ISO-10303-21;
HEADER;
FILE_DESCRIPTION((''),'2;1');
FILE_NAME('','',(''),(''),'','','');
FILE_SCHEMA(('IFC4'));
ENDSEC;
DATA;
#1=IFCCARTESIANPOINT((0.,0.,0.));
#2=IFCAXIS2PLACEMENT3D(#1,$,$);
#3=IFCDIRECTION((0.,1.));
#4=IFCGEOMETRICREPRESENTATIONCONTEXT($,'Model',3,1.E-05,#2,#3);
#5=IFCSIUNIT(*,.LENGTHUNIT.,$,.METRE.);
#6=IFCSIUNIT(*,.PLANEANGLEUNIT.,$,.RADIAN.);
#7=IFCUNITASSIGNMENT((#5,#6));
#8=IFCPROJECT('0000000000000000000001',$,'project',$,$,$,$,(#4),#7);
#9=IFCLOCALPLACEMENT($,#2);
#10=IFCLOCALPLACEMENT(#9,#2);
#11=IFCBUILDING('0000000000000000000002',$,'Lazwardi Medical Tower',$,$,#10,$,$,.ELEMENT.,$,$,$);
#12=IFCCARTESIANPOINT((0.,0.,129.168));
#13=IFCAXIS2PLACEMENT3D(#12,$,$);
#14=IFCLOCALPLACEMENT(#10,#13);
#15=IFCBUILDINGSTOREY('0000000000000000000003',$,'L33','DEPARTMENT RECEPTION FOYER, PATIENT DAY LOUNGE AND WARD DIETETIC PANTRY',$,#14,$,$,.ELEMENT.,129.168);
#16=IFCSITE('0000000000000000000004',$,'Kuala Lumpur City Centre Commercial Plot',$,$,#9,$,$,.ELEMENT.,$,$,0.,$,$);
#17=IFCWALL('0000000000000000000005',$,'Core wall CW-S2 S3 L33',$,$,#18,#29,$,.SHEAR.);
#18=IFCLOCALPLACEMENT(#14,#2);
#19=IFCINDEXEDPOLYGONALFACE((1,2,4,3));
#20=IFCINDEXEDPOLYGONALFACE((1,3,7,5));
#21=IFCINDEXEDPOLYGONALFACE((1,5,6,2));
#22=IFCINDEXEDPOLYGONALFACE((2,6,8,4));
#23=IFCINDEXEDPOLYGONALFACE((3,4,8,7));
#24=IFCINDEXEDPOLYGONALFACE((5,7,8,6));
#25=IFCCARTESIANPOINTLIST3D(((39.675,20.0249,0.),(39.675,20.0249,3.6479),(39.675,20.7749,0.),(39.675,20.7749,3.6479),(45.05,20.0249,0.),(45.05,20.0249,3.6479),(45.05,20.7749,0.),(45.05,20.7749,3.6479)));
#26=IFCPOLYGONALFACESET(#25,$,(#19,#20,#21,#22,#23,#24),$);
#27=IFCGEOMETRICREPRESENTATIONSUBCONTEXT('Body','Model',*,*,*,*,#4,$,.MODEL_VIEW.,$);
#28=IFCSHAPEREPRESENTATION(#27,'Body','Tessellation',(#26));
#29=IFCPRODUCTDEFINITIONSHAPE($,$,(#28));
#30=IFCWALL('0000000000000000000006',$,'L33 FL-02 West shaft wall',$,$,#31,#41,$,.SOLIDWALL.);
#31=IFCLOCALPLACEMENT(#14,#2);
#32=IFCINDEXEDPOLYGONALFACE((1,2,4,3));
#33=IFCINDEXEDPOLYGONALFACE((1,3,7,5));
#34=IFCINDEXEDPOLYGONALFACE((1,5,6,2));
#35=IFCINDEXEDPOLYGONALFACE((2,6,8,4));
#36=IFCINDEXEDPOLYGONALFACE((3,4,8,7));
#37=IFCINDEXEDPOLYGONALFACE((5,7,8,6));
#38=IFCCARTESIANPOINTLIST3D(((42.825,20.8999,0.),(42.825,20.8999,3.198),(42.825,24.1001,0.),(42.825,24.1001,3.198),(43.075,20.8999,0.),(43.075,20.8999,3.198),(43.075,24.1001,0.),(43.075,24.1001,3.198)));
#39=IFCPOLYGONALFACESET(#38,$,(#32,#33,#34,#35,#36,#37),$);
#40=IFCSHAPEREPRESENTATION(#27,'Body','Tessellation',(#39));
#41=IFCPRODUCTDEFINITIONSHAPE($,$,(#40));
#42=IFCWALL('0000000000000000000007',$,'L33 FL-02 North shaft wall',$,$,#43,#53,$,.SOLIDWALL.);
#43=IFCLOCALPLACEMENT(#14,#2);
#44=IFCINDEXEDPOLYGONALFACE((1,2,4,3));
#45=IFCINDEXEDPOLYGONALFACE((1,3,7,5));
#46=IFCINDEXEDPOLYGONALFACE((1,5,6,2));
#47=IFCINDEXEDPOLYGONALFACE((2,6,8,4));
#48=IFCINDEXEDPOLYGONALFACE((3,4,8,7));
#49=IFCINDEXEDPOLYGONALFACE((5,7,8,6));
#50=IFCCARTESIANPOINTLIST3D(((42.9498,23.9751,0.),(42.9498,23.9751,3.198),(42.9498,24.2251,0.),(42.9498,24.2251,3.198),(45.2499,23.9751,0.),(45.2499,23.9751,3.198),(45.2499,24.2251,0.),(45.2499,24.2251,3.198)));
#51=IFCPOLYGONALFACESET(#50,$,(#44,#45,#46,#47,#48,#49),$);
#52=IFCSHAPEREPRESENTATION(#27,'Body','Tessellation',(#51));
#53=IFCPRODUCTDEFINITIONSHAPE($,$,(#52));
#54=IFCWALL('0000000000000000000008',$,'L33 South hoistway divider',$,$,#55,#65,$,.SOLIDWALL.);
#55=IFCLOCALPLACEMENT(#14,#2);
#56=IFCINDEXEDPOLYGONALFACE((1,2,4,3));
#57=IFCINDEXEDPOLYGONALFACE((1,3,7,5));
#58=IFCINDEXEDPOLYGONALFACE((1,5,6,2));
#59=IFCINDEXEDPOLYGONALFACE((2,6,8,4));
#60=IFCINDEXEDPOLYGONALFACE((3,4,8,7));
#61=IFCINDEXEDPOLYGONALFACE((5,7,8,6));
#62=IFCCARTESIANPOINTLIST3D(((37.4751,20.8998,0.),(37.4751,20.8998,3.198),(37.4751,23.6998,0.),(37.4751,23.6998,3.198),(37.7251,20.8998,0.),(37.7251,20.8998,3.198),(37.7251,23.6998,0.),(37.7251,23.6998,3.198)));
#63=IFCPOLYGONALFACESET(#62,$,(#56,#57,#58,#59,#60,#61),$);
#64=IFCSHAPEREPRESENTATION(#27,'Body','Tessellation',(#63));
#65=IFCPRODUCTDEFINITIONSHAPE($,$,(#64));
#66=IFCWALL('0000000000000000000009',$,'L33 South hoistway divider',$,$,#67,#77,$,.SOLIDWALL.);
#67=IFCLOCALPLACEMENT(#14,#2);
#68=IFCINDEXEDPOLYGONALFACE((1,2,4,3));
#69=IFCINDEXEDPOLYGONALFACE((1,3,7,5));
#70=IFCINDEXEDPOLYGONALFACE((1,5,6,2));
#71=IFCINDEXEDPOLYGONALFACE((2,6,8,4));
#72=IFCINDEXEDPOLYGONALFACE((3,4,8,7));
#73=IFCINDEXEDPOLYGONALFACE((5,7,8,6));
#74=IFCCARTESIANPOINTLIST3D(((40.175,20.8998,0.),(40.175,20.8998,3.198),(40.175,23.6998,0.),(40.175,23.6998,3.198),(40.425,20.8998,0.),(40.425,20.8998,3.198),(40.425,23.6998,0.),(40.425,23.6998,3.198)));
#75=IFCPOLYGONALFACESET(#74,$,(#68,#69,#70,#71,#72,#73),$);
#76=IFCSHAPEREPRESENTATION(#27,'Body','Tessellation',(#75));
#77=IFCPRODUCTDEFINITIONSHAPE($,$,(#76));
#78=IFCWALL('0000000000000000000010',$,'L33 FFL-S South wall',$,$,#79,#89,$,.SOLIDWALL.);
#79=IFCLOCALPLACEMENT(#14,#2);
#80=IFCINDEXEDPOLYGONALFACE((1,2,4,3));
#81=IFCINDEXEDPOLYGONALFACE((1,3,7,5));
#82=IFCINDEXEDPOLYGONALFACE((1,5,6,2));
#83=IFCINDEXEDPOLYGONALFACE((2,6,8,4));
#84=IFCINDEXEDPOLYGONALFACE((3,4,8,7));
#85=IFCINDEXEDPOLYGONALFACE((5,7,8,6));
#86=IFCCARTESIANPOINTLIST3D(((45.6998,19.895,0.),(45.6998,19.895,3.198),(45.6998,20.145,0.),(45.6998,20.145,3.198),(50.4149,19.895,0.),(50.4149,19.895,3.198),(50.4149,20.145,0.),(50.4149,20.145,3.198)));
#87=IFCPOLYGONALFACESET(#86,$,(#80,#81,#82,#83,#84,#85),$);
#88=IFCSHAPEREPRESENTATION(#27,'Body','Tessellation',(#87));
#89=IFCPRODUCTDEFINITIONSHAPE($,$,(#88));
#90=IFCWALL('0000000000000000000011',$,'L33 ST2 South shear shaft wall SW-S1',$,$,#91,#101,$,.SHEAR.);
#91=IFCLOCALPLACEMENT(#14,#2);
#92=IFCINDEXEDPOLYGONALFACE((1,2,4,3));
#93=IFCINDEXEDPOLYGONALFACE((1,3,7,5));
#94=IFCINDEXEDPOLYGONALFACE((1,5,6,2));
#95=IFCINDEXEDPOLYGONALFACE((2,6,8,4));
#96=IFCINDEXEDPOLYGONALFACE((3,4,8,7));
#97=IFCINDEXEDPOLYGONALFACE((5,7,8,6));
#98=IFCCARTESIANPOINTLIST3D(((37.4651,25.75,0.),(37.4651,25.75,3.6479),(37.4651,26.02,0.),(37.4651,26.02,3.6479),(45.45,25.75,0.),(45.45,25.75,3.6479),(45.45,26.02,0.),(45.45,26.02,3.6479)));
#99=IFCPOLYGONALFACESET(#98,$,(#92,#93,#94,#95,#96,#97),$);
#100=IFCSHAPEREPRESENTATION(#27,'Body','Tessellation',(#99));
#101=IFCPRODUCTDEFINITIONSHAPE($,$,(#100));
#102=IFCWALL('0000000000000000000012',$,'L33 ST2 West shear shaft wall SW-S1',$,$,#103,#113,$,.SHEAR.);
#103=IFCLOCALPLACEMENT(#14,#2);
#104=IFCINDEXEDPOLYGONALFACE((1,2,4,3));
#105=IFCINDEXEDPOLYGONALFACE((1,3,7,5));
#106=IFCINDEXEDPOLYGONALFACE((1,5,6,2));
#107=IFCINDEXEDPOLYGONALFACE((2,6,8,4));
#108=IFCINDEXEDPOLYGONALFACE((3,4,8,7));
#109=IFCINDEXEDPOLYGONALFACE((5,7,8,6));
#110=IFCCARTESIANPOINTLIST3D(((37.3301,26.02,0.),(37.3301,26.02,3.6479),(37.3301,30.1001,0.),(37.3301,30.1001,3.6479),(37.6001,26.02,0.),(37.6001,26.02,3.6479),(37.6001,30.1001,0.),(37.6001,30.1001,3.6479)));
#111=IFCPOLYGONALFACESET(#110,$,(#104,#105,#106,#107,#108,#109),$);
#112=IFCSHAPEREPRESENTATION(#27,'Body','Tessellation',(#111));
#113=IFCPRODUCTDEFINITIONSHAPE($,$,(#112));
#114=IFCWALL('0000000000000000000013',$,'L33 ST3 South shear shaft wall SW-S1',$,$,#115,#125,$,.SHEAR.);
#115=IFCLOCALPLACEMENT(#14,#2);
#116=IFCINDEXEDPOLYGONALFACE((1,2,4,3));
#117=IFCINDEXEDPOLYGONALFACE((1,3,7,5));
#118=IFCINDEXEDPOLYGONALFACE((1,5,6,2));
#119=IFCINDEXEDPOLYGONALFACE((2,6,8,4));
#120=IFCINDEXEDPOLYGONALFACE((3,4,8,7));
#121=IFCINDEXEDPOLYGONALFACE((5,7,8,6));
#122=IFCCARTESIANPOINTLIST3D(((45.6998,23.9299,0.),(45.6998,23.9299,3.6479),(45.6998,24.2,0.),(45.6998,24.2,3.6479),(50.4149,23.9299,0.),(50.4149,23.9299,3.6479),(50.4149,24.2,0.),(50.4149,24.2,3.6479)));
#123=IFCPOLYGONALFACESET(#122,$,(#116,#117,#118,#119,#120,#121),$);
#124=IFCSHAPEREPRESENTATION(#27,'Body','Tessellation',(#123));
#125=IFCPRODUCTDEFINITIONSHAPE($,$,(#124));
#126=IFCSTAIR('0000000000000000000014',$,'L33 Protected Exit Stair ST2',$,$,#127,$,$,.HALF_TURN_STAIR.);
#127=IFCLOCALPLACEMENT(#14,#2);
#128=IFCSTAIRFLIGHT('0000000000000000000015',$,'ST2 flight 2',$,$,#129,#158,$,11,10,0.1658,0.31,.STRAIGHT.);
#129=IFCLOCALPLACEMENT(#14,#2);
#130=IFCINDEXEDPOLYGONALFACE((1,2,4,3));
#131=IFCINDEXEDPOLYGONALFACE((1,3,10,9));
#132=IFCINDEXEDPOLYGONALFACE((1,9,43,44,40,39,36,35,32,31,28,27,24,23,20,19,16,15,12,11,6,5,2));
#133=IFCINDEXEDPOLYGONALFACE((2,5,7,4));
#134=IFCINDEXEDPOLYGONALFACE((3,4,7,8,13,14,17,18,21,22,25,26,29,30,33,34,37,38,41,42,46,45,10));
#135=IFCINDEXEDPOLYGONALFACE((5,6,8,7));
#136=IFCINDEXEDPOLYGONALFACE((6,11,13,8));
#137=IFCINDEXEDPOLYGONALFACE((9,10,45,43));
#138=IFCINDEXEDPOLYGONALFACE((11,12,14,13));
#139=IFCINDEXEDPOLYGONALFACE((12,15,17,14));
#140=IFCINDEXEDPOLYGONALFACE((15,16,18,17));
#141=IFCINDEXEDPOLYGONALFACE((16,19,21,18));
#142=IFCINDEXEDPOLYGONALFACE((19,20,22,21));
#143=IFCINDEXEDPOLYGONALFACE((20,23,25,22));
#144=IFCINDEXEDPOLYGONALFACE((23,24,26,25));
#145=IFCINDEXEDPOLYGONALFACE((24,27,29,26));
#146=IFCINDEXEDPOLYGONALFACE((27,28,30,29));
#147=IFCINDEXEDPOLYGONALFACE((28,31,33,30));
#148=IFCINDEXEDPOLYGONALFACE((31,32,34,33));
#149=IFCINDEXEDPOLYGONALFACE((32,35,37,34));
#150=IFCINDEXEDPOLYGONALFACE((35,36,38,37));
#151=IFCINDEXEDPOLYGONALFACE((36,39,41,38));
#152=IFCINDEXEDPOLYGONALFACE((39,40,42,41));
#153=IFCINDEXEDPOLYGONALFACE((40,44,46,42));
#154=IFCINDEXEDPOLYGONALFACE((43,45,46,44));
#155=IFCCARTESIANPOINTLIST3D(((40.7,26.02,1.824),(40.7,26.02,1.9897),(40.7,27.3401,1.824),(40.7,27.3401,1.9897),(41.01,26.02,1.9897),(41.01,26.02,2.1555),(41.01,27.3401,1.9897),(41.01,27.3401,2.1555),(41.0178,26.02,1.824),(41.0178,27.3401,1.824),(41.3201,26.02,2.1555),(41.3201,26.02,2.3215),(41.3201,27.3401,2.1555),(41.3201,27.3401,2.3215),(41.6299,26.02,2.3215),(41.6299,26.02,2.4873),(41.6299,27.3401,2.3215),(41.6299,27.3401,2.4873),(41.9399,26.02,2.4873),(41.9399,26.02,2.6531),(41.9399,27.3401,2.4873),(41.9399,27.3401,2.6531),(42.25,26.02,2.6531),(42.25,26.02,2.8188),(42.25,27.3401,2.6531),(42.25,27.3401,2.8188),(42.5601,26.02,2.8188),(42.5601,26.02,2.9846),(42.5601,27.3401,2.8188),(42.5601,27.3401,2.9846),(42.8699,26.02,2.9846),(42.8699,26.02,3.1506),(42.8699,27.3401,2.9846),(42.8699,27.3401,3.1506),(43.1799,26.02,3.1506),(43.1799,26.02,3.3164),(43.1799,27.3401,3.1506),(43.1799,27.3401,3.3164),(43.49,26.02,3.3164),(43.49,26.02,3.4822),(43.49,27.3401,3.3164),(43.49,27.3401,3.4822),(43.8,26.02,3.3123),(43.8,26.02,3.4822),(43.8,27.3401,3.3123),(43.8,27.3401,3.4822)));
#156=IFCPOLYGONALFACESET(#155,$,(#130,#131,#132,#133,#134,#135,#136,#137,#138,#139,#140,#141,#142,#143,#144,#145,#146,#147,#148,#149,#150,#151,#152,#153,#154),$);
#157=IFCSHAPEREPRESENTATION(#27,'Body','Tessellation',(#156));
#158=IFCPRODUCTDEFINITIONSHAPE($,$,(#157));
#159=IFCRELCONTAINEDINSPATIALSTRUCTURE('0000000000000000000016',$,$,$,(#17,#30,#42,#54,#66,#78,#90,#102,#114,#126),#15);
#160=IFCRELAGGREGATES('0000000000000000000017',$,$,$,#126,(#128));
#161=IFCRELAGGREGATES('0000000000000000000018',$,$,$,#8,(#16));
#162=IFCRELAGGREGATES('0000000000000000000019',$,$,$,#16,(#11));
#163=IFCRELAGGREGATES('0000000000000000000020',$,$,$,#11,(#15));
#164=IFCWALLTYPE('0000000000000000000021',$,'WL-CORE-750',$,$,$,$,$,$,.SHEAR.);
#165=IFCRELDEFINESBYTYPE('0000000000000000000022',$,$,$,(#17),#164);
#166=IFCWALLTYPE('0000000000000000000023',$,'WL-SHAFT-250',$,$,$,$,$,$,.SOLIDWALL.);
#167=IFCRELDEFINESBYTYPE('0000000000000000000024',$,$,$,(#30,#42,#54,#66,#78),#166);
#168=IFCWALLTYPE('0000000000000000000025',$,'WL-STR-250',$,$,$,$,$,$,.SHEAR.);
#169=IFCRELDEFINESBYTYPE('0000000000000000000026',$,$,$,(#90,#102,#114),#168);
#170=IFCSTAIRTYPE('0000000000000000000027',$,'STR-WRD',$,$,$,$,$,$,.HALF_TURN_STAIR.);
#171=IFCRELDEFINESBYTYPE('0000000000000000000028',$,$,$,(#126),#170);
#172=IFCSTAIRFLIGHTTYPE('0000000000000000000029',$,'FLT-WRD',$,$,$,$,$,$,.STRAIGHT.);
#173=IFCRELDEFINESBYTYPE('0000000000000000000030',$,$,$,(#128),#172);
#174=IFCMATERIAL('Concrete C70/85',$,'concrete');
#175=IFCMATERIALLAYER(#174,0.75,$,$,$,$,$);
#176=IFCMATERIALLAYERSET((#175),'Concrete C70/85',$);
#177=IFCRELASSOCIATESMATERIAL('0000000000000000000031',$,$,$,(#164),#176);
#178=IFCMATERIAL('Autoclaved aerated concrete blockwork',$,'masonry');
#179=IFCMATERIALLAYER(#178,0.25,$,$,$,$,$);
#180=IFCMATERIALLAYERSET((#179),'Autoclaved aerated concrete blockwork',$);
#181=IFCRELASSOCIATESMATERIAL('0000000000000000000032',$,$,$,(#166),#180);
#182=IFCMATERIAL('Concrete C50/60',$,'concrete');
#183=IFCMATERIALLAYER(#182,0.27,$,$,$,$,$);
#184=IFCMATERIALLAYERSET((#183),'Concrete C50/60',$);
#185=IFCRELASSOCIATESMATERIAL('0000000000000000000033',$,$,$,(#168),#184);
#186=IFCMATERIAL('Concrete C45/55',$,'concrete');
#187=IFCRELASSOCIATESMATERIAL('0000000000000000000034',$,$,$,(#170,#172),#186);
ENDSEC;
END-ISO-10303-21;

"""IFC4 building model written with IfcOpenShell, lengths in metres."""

from ifc_helpers import new_model, si_unit, direction, frame, frame_2d, origin, place, context, subcontext, project, spatial, polyline, rectangle, outline, extrude, material, layer, layer_set, type_object, element, aggregate, save


model = new_model("IFC4")

# Units and contexts
model_context = context("Model", 3, precision=1e-05, world=origin(), true_north=direction((0.0, 1.0)))
body_context = subcontext(model_context, "Body", "Model", "MODEL_VIEW")
ifc_project = project(units=[si_unit("LENGTHUNIT", "METRE"), si_unit("PLANEANGLEUNIT", "RADIAN")], contexts=[model_context])

# Site, building, storey
site_placement = place(None, origin())
site = spatial("IfcSite", under=ifc_project, at=site_placement, Name="Kuala Lumpur City Centre Commercial Plot", CompositionType="ELEMENT", RefElevation=0.0)
building_placement = place(site_placement, origin())
building = spatial("IfcBuilding", under=site, at=building_placement, Name="Lazwardi Medical Tower", CompositionType="ELEMENT")
storey_placement = place(building_placement, frame((0.0, 0.0, 129.168)))
storey = spatial("IfcBuildingStorey", under=building, at=storey_placement, Name="L33", Description="DEPARTMENT RECEPTION FOYER, PATIENT DAY LOUNGE AND WARD DIETETIC PANTRY", CompositionType="ELEMENT", Elevation=129.168)

# Shared definitions
ifc_material_1 = material(Name="Concrete C70/85", Category="concrete")

# Shared definitions
ifc_layer_1 = layer(ifc_material_1, 0.75)
ifc_layer_set_1 = layer_set([ifc_layer_1], Name="Concrete C70/85")
wall_type_1 = type_object("IfcWallType", Name="WL-CORE-750", PredefinedType="SHEAR", material=ifc_layer_set_1)

# Walls
wall_1_placement = place(storey_placement, frame((39.675, 20.3999, 0.0), z_axis=(0.0, 0.0, 1.0), x_axis=(1.0, 0.0, 0.0)))
element("IfcWall", 1, at=wall_1_placement, inside=storey, type_object=wall_type_1, Name="Core wall CW-S2 S3 L33", PredefinedType="SHEAR", context=body_context, shape_type="SweptSolid", body=[
    extrude(rectangle(XDim=5.375, YDim=0.75, at=frame_2d((2.6875, 0.0))), origin(), (0.0, 0.0, 1.0), 3.6479),
])
ifc_material_2 = material(Name="Autoclaved aerated concrete blockwork", Category="masonry")
ifc_layer_2 = layer(ifc_material_2, 0.25)
ifc_layer_set_2 = layer_set([ifc_layer_2], Name="Autoclaved aerated concrete blockwork")
wall_type_2 = type_object("IfcWallType", Name="WL-SHAFT-250", PredefinedType="SOLIDWALL", material=ifc_layer_set_2)
wall_2_placement = place(storey_placement, frame((42.95, 20.8999, 0.0), z_axis=(0.0, 0.0, 1.0), x_axis=(0.0, 1.0, 0.0)))
element("IfcWall", 2, at=wall_2_placement, inside=storey, type_object=wall_type_2, Name="L33 FL-02 West shaft wall", PredefinedType="SOLIDWALL", context=body_context, shape_type="SweptSolid", body=[
    extrude(rectangle(XDim=3.2002, YDim=0.25, at=frame_2d((1.6001, 0.0))), origin(), (0.0, 0.0, 1.0), 3.198),
])
wall_3_placement = place(storey_placement, frame((42.95, 24.1001, 0.0), z_axis=(0.0, 0.0, 1.0), x_axis=(1.0, 0.0, 0.0)))
element("IfcWall", 3, at=wall_3_placement, inside=storey, type_object=wall_type_2, Name="L33 FL-02 North shaft wall", PredefinedType="SOLIDWALL", context=body_context, shape_type="SweptSolid", body=[
    extrude(rectangle(XDim=2.3, YDim=0.25, at=frame_2d((1.1499, 0.0))), origin(), (0.0, 0.0, 1.0), 3.198),
])
for number, where, z_axis, x_axis, name in (
    (4, (37.6001, 20.8999, 0.0), (0.0, 0.0, 1.0), (0.0, 1.0, 0.0), "L33 South hoistway divider"),
    (5, (40.3, 20.8999, 0.0), (0.0, 0.0, 1.0), (0.0, 1.0, 0.0), "L33 South hoistway divider"),
):
    element("IfcWall", number, at=place(storey_placement, frame(where, z_axis=z_axis, x_axis=x_axis)), inside=storey, type_object=wall_type_2, Name=name, PredefinedType="SOLIDWALL", context=body_context, shape_type="SweptSolid", body=[
        extrude(rectangle(XDim=2.8, YDim=0.25, at=frame_2d((1.3999, 0.0))), origin(), (0.0, 0.0, 1.0), 3.198),
    ])
wall_4_placement = place(storey_placement, frame((45.7, 20.02, 0.0), z_axis=(0.0, 0.0, 1.0), x_axis=(1.0, 0.0, 0.0)))
element("IfcWall", 6, at=wall_4_placement, inside=storey, type_object=wall_type_2, Name="L33 FFL-S South wall", PredefinedType="SOLIDWALL", context=body_context, shape_type="SweptSolid", body=[
    extrude(rectangle(XDim=4.7151, YDim=0.25, at=frame_2d((2.3574, 0.0))), origin(), (0.0, 0.0, 1.0), 3.198),
])
ifc_material_3 = material(Name="Concrete C50/60", Category="concrete")
ifc_layer_3 = layer(ifc_material_3, 0.27)
ifc_layer_set_3 = layer_set([ifc_layer_3], Name="Concrete C50/60")
wall_type_3 = type_object("IfcWallType", Name="WL-STR-250", PredefinedType="SHEAR", material=ifc_layer_set_3)
wall_5_placement = place(storey_placement, frame((37.4651, 25.885, 0.0), z_axis=(0.0, 0.0, 1.0), x_axis=(1.0, 0.0, 0.0)))
element("IfcWall", 7, at=wall_5_placement, inside=storey, type_object=wall_type_3, Name="L33 ST2 South shear shaft wall SW-S1", PredefinedType="SHEAR", context=body_context, shape_type="SweptSolid", body=[
    extrude(rectangle(XDim=7.9849, YDim=0.27, at=frame_2d((3.9924, 0.0))), origin(), (0.0, 0.0, 1.0), 3.6479),
])
wall_6_placement = place(storey_placement, frame((37.4651, 26.02, 0.0), z_axis=(0.0, 0.0, 1.0), x_axis=(0.0, 1.0, 0.0)))
element("IfcWall", 8, at=wall_6_placement, inside=storey, type_object=wall_type_3, Name="L33 ST2 West shear shaft wall SW-S1", PredefinedType="SHEAR", context=body_context, shape_type="SweptSolid", body=[
    extrude(rectangle(XDim=4.0801, YDim=0.27, at=frame_2d((2.04, 0.0))), origin(), (0.0, 0.0, 1.0), 3.6479),
])
wall_7_placement = place(storey_placement, frame((45.7, 24.0649, 0.0), z_axis=(0.0, 0.0, 1.0), x_axis=(1.0, 0.0, 0.0)))
element("IfcWall", 9, at=wall_7_placement, inside=storey, type_object=wall_type_3, Name="L33 ST3 South shear shaft wall SW-S1", PredefinedType="SHEAR", context=body_context, shape_type="SweptSolid", body=[
    extrude(rectangle(XDim=4.7151, YDim=0.27, at=frame_2d((2.3574, 0.0))), origin(), (0.0, 0.0, 1.0), 3.6479),
])

# Stair, stair flight
ifc_material_4 = material(Name="Concrete C45/55", Category="concrete")
stair_type = type_object("IfcStairType", Name="STR-WRD", PredefinedType="HALF_TURN_STAIR", material=ifc_material_4)
stair_placement = place(storey_placement, origin())
stair = element("IfcStair", 10, at=stair_placement, inside=storey, type_object=stair_type, Name="L33 Protected Exit Stair ST2", PredefinedType="HALF_TURN_STAIR")
stair_flight_type = type_object("IfcStairFlightType", Name="FLT-WRD", PredefinedType="STRAIGHT", material=ifc_material_4)
stair_flight_placement = place(storey_placement, frame((40.7, 26.6799, 1.824), z_axis=(0.0, 0.0, 1.0), x_axis=(1.0, 0.0, 0.0)))
stair_flight = element("IfcStairFlight", 11, at=stair_flight_placement, type_object=stair_flight_type, Name="ST2 flight 2", NumberOfRisers=11, NumberOfTreads=10, PredefinedType="STRAIGHT", RiserHeight=0.1658, TreadLength=0.31, context=body_context, shape_type="SweptSolid", body=[
    extrude(outline(polyline([(0.0, 0.0), (0.0, 0.1658), (0.3101, 0.1658), (0.3101, 0.3315), (0.6201, 0.3315), (0.6201, 0.4976), (0.9299, 0.4976), (0.9299, 0.6633), (1.24, 0.6633), (1.24, 0.8291), (1.55, 0.8291), (1.55, 0.9949), (1.8601, 0.9949), (1.8601, 1.1606), (2.1699, 1.1606), (2.1699, 1.3267), (2.48, 1.3267), (2.48, 1.4924), (2.79, 1.4924), (2.79, 1.6582), (3.1001, 1.6582), (3.1001, 1.824), (3.1001, 1.4883), (0.3179, 0.0), (0.0, 0.0)])), frame((0.0, 0.6602, 0.0), z_axis=(0.0, -1.0, 0.0), x_axis=(1.0, 0.0, 0.0)), (0.0, 0.0, 1.0), 1.3201),
])
aggregate(stair, [stair_flight])

save(model, "model.ifc")
